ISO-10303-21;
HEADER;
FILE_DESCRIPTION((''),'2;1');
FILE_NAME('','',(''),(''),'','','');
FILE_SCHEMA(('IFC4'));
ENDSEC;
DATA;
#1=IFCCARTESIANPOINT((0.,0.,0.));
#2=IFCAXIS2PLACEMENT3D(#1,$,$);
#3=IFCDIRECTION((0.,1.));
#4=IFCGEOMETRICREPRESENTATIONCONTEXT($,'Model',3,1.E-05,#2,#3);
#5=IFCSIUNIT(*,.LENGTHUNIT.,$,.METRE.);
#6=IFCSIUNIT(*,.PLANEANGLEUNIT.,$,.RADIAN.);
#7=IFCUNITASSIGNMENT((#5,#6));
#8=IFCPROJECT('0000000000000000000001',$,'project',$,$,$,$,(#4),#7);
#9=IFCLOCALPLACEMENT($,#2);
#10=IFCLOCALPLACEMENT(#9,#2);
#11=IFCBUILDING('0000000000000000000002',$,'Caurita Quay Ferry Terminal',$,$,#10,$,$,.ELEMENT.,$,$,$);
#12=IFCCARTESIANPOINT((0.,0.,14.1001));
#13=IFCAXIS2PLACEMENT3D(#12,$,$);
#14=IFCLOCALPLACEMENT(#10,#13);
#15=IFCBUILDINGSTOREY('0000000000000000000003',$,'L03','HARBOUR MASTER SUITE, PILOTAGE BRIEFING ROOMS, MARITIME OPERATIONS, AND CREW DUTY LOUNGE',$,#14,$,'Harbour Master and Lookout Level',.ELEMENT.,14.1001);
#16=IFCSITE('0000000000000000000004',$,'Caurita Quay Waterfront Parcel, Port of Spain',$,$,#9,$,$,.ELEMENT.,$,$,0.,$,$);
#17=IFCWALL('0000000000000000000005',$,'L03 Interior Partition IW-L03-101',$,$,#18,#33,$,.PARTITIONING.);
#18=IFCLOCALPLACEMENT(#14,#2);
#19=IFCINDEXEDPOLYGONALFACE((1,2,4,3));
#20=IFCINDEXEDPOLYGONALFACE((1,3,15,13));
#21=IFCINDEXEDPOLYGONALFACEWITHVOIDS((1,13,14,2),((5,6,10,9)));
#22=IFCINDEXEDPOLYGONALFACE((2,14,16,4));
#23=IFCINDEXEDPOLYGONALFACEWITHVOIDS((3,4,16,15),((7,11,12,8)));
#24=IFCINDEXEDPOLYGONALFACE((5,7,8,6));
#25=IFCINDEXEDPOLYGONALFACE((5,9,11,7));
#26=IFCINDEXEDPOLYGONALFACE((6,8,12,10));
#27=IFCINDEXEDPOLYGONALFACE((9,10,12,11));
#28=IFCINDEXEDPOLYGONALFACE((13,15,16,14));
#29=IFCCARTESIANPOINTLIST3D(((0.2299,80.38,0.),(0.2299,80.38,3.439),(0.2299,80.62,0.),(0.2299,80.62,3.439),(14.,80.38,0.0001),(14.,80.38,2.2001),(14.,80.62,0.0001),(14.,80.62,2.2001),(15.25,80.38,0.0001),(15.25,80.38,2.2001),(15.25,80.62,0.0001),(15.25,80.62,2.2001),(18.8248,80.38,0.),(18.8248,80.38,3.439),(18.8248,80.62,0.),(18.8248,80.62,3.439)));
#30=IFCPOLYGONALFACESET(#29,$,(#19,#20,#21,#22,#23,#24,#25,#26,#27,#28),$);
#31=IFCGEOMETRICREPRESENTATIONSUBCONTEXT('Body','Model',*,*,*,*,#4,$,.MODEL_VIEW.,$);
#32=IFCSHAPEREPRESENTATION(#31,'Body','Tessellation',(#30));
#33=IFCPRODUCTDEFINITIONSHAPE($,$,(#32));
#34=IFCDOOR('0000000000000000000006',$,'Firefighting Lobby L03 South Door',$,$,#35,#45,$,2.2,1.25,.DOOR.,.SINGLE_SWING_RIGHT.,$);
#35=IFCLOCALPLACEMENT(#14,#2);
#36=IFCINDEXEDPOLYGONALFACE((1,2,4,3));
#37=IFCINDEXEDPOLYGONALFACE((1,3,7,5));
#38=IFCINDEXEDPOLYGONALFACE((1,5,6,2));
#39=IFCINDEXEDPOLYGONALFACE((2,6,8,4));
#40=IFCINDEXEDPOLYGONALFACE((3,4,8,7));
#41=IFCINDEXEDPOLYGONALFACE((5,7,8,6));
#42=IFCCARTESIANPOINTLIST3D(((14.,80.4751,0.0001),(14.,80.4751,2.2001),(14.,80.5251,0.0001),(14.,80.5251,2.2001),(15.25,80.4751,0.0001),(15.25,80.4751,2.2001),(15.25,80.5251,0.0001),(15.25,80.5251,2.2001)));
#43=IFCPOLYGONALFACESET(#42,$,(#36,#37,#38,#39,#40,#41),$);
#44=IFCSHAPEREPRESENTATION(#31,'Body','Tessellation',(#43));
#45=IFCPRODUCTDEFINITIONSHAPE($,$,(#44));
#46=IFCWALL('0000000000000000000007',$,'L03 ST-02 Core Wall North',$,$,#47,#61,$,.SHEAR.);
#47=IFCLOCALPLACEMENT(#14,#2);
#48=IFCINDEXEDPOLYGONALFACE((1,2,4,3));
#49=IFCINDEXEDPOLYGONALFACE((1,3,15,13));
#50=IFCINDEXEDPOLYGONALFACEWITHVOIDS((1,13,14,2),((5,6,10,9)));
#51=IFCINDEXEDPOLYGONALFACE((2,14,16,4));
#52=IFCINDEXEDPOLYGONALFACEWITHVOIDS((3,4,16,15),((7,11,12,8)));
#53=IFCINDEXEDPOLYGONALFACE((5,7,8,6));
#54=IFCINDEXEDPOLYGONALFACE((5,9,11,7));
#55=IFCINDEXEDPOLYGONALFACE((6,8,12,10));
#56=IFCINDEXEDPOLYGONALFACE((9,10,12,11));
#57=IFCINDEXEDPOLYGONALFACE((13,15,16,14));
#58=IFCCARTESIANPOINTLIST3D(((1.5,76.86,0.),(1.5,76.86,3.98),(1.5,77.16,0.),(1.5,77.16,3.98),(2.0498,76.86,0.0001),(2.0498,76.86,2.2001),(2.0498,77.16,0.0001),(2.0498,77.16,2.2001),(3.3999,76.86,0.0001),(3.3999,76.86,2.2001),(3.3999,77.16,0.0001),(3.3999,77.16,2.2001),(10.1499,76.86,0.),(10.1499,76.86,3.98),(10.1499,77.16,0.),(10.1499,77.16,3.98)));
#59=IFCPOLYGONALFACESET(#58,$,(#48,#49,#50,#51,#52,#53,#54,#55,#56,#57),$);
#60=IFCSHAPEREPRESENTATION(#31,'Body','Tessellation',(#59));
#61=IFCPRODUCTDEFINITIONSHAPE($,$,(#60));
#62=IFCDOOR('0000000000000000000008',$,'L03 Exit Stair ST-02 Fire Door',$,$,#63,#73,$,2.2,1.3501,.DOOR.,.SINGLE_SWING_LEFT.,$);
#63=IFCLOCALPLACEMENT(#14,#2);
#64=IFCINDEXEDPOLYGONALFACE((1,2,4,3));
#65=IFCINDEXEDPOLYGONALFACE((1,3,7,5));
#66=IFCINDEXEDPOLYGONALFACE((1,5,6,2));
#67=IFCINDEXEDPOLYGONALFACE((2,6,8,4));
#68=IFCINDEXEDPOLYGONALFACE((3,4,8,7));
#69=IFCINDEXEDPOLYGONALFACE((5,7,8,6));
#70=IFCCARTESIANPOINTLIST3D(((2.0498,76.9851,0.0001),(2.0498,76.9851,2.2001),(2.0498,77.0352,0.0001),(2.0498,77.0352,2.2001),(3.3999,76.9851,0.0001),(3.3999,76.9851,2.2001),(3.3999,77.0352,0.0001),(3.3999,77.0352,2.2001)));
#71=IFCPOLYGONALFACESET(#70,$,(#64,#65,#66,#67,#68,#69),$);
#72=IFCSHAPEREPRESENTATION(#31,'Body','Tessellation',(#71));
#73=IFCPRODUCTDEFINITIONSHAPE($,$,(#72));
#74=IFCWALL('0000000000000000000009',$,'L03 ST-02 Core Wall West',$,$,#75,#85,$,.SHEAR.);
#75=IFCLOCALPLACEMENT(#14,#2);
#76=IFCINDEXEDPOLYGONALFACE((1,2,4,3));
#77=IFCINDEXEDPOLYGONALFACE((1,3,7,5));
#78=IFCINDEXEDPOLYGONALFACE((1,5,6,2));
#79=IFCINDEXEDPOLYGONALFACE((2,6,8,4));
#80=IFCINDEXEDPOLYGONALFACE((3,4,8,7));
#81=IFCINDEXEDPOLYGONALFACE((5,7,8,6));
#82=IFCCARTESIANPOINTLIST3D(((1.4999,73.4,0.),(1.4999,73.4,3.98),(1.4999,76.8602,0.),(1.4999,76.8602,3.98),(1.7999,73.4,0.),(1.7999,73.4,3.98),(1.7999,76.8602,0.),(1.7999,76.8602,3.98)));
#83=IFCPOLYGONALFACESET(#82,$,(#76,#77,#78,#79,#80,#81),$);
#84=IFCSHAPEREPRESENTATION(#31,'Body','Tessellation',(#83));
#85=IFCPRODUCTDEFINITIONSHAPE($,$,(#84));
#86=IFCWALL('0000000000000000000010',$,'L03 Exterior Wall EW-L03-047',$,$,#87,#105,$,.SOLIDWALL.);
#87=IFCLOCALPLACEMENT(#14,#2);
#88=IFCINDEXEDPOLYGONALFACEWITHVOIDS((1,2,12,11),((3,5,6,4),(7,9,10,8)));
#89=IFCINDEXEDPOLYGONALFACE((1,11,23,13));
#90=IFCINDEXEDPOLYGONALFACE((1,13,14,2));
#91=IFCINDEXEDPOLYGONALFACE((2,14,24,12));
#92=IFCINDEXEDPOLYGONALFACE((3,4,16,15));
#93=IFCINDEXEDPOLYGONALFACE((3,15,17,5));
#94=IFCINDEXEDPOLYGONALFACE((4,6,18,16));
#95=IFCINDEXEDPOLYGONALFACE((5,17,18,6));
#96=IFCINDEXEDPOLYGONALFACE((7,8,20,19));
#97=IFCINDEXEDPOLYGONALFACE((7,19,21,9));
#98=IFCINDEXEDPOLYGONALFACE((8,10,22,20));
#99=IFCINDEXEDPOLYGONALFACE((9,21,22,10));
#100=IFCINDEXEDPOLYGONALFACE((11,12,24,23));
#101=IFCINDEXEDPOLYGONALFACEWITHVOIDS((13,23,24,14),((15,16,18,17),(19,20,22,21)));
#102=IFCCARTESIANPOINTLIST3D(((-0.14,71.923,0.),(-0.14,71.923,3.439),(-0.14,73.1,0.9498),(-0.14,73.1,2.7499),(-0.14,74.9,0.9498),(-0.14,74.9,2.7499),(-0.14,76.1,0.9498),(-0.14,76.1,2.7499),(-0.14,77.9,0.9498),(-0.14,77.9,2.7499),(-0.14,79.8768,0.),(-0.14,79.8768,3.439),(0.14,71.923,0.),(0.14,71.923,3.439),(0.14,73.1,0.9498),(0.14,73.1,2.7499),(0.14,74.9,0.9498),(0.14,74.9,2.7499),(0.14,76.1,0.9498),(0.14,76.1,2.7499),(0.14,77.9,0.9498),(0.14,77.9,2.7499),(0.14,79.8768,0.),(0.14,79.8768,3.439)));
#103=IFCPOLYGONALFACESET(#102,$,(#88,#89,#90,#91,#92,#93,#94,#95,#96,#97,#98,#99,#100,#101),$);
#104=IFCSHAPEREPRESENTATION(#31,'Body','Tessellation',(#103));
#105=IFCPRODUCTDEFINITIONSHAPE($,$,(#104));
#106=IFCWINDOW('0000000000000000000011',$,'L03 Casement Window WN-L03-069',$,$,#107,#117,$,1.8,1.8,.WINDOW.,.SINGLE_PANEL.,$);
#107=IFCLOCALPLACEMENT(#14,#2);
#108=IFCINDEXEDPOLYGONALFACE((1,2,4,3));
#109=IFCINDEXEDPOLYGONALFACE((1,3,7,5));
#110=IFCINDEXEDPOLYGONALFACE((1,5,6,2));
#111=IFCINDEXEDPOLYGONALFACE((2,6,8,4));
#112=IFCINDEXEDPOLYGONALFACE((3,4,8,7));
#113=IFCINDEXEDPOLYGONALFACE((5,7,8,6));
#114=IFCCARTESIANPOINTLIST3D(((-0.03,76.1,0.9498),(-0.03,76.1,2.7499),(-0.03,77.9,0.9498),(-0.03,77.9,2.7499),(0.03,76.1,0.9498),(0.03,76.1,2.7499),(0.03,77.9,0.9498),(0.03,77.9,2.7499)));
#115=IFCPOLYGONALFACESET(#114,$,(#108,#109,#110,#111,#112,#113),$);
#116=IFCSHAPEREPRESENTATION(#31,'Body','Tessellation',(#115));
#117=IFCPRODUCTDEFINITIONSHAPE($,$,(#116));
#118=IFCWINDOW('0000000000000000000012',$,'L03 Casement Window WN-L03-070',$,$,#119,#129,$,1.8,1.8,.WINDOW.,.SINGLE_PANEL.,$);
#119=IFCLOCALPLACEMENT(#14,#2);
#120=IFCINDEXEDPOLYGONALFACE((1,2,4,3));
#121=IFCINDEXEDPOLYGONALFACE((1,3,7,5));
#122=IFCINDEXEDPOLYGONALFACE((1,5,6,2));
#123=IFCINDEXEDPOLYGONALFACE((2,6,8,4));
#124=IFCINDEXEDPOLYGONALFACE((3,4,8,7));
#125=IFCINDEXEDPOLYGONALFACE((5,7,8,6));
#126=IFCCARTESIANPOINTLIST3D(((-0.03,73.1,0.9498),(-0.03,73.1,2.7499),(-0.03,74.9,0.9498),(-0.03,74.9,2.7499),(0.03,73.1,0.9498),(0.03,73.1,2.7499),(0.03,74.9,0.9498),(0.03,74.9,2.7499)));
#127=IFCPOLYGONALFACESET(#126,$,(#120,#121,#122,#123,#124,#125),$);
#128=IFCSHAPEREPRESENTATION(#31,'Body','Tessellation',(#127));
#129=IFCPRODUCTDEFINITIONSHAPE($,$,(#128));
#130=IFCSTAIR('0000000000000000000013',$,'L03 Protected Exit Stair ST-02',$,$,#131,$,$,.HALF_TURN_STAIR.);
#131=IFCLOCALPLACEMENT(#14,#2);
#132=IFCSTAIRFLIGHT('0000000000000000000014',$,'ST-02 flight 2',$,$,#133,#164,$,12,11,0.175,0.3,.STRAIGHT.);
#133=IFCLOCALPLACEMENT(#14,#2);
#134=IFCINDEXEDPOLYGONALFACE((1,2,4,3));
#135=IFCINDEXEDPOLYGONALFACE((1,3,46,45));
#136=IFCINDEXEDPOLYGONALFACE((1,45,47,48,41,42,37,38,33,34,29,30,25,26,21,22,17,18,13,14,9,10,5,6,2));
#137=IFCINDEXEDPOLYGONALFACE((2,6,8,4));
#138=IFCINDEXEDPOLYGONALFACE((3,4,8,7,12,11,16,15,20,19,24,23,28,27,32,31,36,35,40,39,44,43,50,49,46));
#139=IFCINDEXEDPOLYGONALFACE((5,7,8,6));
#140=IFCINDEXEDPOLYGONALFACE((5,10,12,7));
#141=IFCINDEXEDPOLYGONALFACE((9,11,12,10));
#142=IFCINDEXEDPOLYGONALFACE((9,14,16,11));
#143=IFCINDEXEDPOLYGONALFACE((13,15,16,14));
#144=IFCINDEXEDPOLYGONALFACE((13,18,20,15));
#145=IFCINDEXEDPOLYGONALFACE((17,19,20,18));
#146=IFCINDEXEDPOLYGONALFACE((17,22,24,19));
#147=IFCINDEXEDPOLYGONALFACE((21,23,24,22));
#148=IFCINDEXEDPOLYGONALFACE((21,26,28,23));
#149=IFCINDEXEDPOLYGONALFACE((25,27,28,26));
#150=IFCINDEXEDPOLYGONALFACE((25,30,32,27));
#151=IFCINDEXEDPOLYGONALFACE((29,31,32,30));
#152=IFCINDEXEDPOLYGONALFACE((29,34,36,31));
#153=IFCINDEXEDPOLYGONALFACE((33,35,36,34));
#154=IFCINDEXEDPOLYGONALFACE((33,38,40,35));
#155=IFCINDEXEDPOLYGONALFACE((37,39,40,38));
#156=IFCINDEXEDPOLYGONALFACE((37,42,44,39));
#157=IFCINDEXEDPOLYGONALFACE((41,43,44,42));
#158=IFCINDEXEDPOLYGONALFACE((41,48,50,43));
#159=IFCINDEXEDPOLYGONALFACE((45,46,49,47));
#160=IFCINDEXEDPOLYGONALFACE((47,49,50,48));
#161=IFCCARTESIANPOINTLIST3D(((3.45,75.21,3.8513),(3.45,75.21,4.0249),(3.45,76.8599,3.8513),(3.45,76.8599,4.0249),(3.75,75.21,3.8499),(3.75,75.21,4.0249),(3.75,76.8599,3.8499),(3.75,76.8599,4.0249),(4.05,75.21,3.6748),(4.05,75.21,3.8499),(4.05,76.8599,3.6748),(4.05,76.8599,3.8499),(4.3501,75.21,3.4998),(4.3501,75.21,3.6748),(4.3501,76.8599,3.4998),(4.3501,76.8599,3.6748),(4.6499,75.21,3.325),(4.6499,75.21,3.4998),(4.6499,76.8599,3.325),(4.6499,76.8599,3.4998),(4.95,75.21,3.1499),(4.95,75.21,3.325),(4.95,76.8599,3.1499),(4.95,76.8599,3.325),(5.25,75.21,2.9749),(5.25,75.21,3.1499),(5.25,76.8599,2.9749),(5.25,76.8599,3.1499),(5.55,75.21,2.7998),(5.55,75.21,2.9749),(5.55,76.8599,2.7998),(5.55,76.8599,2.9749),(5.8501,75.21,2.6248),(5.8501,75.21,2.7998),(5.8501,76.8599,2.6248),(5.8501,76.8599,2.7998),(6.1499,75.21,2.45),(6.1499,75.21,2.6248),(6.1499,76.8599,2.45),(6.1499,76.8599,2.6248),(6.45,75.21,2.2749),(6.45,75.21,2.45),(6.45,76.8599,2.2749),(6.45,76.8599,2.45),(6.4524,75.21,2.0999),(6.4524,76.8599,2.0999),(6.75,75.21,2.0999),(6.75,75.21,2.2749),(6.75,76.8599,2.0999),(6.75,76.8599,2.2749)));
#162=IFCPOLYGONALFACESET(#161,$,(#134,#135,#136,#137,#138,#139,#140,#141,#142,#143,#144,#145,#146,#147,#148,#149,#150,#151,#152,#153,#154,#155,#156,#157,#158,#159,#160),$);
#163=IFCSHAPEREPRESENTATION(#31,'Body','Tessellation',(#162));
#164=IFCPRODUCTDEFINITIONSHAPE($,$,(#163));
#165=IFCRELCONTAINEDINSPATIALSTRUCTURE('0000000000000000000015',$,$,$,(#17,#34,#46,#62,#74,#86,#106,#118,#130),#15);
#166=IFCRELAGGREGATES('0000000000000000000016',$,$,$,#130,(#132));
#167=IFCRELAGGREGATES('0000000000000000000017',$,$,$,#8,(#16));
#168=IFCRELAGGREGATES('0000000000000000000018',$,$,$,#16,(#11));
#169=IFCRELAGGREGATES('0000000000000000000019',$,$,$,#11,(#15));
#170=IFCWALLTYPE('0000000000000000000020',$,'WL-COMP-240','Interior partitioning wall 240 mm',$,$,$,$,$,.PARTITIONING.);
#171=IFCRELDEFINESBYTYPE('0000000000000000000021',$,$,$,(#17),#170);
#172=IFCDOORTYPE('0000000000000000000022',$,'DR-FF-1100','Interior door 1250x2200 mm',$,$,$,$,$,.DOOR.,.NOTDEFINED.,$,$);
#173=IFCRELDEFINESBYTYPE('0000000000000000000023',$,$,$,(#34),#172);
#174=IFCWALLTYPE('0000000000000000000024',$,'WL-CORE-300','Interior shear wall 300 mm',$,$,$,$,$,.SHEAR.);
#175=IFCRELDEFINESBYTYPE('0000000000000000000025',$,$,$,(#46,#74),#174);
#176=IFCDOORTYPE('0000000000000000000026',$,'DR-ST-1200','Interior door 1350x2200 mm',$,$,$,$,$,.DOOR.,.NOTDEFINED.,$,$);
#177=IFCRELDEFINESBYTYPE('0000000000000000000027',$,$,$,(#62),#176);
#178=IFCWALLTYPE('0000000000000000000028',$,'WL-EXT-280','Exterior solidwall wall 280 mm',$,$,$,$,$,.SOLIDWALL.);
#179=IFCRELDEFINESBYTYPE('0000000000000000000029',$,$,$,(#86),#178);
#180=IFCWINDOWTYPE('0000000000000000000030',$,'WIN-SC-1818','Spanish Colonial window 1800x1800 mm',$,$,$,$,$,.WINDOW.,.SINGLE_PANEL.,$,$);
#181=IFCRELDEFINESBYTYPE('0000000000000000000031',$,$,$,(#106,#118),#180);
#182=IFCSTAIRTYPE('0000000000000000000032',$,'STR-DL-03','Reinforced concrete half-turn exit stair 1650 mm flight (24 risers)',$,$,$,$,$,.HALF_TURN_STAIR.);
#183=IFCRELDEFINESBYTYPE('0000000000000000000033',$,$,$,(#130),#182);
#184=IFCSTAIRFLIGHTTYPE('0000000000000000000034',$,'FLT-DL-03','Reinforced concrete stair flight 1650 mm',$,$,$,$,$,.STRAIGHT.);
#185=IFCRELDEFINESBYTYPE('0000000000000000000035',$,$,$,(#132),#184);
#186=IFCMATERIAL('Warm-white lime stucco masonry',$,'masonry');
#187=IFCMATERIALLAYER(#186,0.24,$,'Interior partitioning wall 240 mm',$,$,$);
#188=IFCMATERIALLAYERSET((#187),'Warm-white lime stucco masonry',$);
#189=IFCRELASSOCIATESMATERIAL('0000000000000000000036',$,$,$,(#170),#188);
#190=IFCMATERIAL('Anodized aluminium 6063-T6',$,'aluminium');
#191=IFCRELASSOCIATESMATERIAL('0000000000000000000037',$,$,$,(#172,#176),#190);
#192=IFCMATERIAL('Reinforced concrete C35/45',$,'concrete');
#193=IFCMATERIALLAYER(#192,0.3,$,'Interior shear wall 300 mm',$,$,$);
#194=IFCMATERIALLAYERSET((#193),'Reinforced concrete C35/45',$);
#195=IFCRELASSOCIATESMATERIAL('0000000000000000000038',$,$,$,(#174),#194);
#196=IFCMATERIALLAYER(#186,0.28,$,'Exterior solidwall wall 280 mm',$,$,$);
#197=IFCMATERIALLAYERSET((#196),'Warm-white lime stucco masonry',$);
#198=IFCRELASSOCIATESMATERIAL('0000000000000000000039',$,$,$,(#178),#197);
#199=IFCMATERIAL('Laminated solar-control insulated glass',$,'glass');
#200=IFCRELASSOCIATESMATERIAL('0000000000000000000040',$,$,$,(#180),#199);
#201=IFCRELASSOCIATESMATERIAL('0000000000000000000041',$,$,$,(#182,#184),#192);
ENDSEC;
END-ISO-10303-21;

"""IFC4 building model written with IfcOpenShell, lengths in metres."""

from ifc_helpers import new_model, si_unit, direction, frame, frame_2d, origin, place, context, subcontext, project, spatial, polyline, rectangle, outline, extrude, material, layer, layer_set, type_object, element, fill, aggregate, save


model = new_model("IFC4")

# Units and contexts
model_context = context("Model", 3, precision=1e-05, world=origin(), true_north=direction((0.0, 1.0)))
body_context = subcontext(model_context, "Body", "Model", "MODEL_VIEW")
ifc_project = project(units=[si_unit("LENGTHUNIT", "METRE"), si_unit("PLANEANGLEUNIT", "RADIAN")], contexts=[model_context])

# Site, building, storey
site_placement = place(None, origin())
site = spatial("IfcSite", under=ifc_project, at=site_placement, Name="Caurita Quay Waterfront Parcel, Port of Spain", CompositionType="ELEMENT", RefElevation=0.0)
building_placement = place(site_placement, origin())
building = spatial("IfcBuilding", under=site, at=building_placement, Name="Caurita Quay Ferry Terminal", CompositionType="ELEMENT")
storey_placement = place(building_placement, frame((0.0, 0.0, 14.1001)))
storey = spatial("IfcBuildingStorey", under=building, at=storey_placement, Name="L03", Description="HARBOUR MASTER SUITE, PILOTAGE BRIEFING ROOMS, MARITIME OPERATIONS, AND CREW DUTY LOUNGE", LongName="Harbour Master and Lookout Level", CompositionType="ELEMENT", Elevation=14.1001)

# Shared definitions
ifc_material_1 = material(Name="Reinforced concrete C35/45", Category="concrete")

# Walls, openings, doors
ifc_material_2 = material(Name="Warm-white lime stucco masonry", Category="masonry")
ifc_layer_1 = layer(ifc_material_2, 0.24, Name="Interior partitioning wall 240 mm")
ifc_layer_set_1 = layer_set([ifc_layer_1], Name="Warm-white lime stucco masonry")
wall_type_1 = type_object("IfcWallType", Name="WL-COMP-240", Description="Interior partitioning wall 240 mm", PredefinedType="PARTITIONING", material=ifc_layer_set_1)
wall_1_placement = place(storey_placement, frame((0.23, 80.5, 0.0), z_axis=(0.0, 0.0, 1.0), x_axis=(1.0, 0.0, 0.0)))
wall_1 = element("IfcWall", 1, at=wall_1_placement, inside=storey, type_object=wall_type_1, Name="L03 Interior Partition IW-L03-101", PredefinedType="PARTITIONING", context=body_context, shape_type="SweptSolid", body=[
    extrude(rectangle(XDim=18.595, YDim=0.24, at=frame_2d((9.2974, 0.0))), origin(), (0.0, 0.0, 1.0), 3.439),
])
opening_1_placement = place(wall_1_placement, frame((13.77, 0.0, 0.0)))
opening_1 = element("IfcOpeningElement", 2, at=opening_1_placement, cuts=wall_1, PredefinedType="OPENING", context=body_context, shape_type="SweptSolid", body=[
    extrude(rectangle(XDim=1.25, YDim=2.2, at=frame_2d((0.625, 1.1001))), frame((0.0, 0.1299, 0.0), z_axis=(0.0, -1.0, 0.0), x_axis=(1.0, 0.0, 0.0)), (0.0, 0.0, 1.0), 0.26),
])
ifc_material_3 = material(Name="Anodized aluminium 6063-T6", Category="aluminium")
door_type_1 = type_object("IfcDoorType", Name="DR-FF-1100", Description="Interior door 1250x2200 mm", OperationType="NOTDEFINED", PredefinedType="DOOR", material=ifc_material_3)
door_1_placement = place(opening_1_placement, frame((1.25, 0.0, 0.0), z_axis=(0.0, 0.0, 1.0), x_axis=(-1.0, 0.0, 0.0)))
door_1 = element("IfcDoor", 3, at=door_1_placement, inside=storey, type_object=door_type_1, Name="Firefighting Lobby L03 South Door", OperationType="SINGLE_SWING_RIGHT", OverallHeight=2.2, OverallWidth=1.25, PredefinedType="DOOR", context=body_context, shape_type="SweptSolid", body=[
    extrude(rectangle(XDim=1.25, YDim=2.2, at=frame_2d((0.625, 1.1001))), frame((0.0, 0.0249, 0.0), z_axis=(0.0, -1.0, 0.0), x_axis=(1.0, 0.0, 0.0)), (0.0, 0.0, 1.0), 0.05),
])
fill(opening_1, door_1)
ifc_layer_2 = layer(ifc_material_1, 0.3, Name="Interior shear wall 300 mm")
ifc_layer_set_2 = layer_set([ifc_layer_2], Name="Reinforced concrete C35/45")
wall_type_2 = type_object("IfcWallType", Name="WL-CORE-300", Description="Interior shear wall 300 mm", PredefinedType="SHEAR", material=ifc_layer_set_2)
wall_2_placement = place(storey_placement, frame((10.1499, 77.01, 0.0), z_axis=(0.0, 0.0, 1.0), x_axis=(-1.0, 0.0, 0.0)))
wall_2 = element("IfcWall", 4, at=wall_2_placement, inside=storey, type_object=wall_type_2, Name="L03 ST-02 Core Wall North", PredefinedType="SHEAR", context=body_context, shape_type="SweptSolid", body=[
    extrude(rectangle(XDim=8.6499, YDim=0.3, at=frame_2d((4.325, 0.0))), origin(), (0.0, 0.0, 1.0), 3.98),
])
opening_2_placement = place(wall_2_placement, frame((6.75, 0.0, 0.0)))
opening_2 = element("IfcOpeningElement", 5, at=opening_2_placement, cuts=wall_2, PredefinedType="OPENING", context=body_context, shape_type="SweptSolid", body=[
    extrude(rectangle(XDim=1.3501, YDim=2.2, at=frame_2d((0.675, 1.1001))), frame((0.0, 0.1599, 0.0), z_axis=(0.0, -1.0, 0.0), x_axis=(1.0, 0.0, 0.0)), (0.0, 0.0, 1.0), 0.3201),
])
door_type_2 = type_object("IfcDoorType", Name="DR-ST-1200", Description="Interior door 1350x2200 mm", OperationType="NOTDEFINED", PredefinedType="DOOR", material=ifc_material_3)
door_2_placement = place(opening_2_placement, origin())
door_2 = element("IfcDoor", 6, at=door_2_placement, inside=storey, type_object=door_type_2, Name="L03 Exit Stair ST-02 Fire Door", OperationType="SINGLE_SWING_LEFT", OverallHeight=2.2, OverallWidth=1.3501, PredefinedType="DOOR", context=body_context, shape_type="SweptSolid", body=[
    extrude(rectangle(XDim=1.3501, YDim=2.2, at=frame_2d((0.675, 1.1001))), frame((0.0, 0.0249, 0.0), z_axis=(0.0, -1.0, 0.0), x_axis=(1.0, 0.0, 0.0)), (0.0, 0.0, 1.0), 0.05),
])
fill(opening_2, door_2)

# Wall
wall_3_placement = place(storey_placement, frame((1.6499, 76.8601, 0.0), z_axis=(0.0, 0.0, 1.0), x_axis=(0.0, -1.0, 0.0)))
element("IfcWall", 7, at=wall_3_placement, inside=storey, type_object=wall_type_2, Name="L03 ST-02 Core Wall West", PredefinedType="SHEAR", context=body_context, shape_type="SweptSolid", body=[
    extrude(rectangle(XDim=3.4602, YDim=0.3, at=frame_2d((1.73, 0.0))), origin(), (0.0, 0.0, 1.0), 3.98),
])

# Wall, openings, windows
ifc_layer_3 = layer(ifc_material_2, 0.28, Name="Exterior solidwall wall 280 mm")
ifc_layer_set_3 = layer_set([ifc_layer_3], Name="Warm-white lime stucco masonry")
wall_type_3 = type_object("IfcWallType", Name="WL-EXT-280", Description="Exterior solidwall wall 280 mm", PredefinedType="SOLIDWALL", material=ifc_layer_set_3)
wall_4_placement = place(storey_placement, frame((0.0, 79.877, 0.0), z_axis=(0.0, 0.0, 1.0), x_axis=(0.0, -1.0, 0.0)))
wall_4 = element("IfcWall", 8, at=wall_4_placement, inside=storey, type_object=wall_type_3, Name="L03 Exterior Wall EW-L03-047", PredefinedType="SOLIDWALL", context=body_context, shape_type="SweptSolid", body=[
    extrude(rectangle(XDim=7.9539, YDim=0.28, at=frame_2d((3.9771, 0.0))), origin(), (0.0, 0.0, 1.0), 3.439),
])
opening_3_placement = place(wall_4_placement, frame((1.9771, 0.0, 0.95)))
opening_3 = element("IfcOpeningElement", 9, at=opening_3_placement, cuts=wall_4, PredefinedType="OPENING", context=body_context, shape_type="SweptSolid", body=[
    extrude(rectangle(XDim=1.8, YDim=1.8, at=frame_2d((0.8999, 0.8999))), frame((0.0, 0.1499, 0.0), z_axis=(0.0, -1.0, 0.0), x_axis=(1.0, 0.0, 0.0)), (0.0, 0.0, 1.0), 0.3),
])
opening_4_placement = place(wall_4_placement, frame((4.9771, 0.0, 0.95)))
opening_4 = element("IfcOpeningElement", 10, at=opening_4_placement, cuts=wall_4, PredefinedType="OPENING", context=body_context, shape_type="SweptSolid", body=[
    extrude(rectangle(XDim=1.8, YDim=1.8, at=frame_2d((0.8999, 0.8999))), frame((0.0, 0.1499, 0.0), z_axis=(0.0, -1.0, 0.0), x_axis=(1.0, 0.0, 0.0)), (0.0, 0.0, 1.0), 0.3),
])
ifc_material_4 = material(Name="Laminated solar-control insulated glass", Category="glass")
window_type = type_object("IfcWindowType", Name="WIN-SC-1818", Description="Spanish Colonial window 1800x1800 mm", PartitioningType="SINGLE_PANEL", PredefinedType="WINDOW", material=ifc_material_4)
window_1_placement = place(opening_3_placement, origin())
window_1 = element("IfcWindow", 11, at=window_1_placement, inside=storey, type_object=window_type, Name="L03 Casement Window WN-L03-069", OverallHeight=1.8, OverallWidth=1.8, PartitioningType="SINGLE_PANEL", PredefinedType="WINDOW", context=body_context, shape_type="SweptSolid", body=[
    extrude(rectangle(XDim=1.8, YDim=1.8, at=frame_2d((0.8999, 0.8999))), frame((0.0, 0.03, 0.0), z_axis=(0.0, -1.0, 0.0), x_axis=(1.0, 0.0, 0.0)), (0.0, 0.0, 1.0), 0.0601),
])
fill(opening_3, window_1)
window_2_placement = place(opening_4_placement, origin())
window_2 = element("IfcWindow", 12, at=window_2_placement, inside=storey, type_object=window_type, Name="L03 Casement Window WN-L03-070", OverallHeight=1.8, OverallWidth=1.8, PartitioningType="SINGLE_PANEL", PredefinedType="WINDOW", context=body_context, shape_type="SweptSolid", body=[
    extrude(rectangle(XDim=1.8, YDim=1.8, at=frame_2d((0.8999, 0.8999))), frame((0.0, 0.03, 0.0), z_axis=(0.0, -1.0, 0.0), x_axis=(1.0, 0.0, 0.0)), (0.0, 0.0, 1.0), 0.0601),
])
fill(opening_4, window_2)

# Stair, stair flight
stair_type = type_object("IfcStairType", Name="STR-DL-03", Description="Reinforced concrete half-turn exit stair 1650 mm flight (24 risers)", PredefinedType="HALF_TURN_STAIR", material=ifc_material_1)
stair_placement = place(storey_placement, origin())
stair = element("IfcStair", 13, at=stair_placement, inside=storey, type_object=stair_type, Name="L03 Protected Exit Stair ST-02", PredefinedType="HALF_TURN_STAIR")
stair_flight_type = type_object("IfcStairFlightType", Name="FLT-DL-03", Description="Reinforced concrete stair flight 1650 mm", PredefinedType="STRAIGHT", material=ifc_material_1)
stair_flight_placement = place(storey_placement, frame((6.75, 76.0349, 2.0999), z_axis=(0.0, 0.0, 1.0), x_axis=(-1.0, 0.0, 0.0)))
stair_flight = element("IfcStairFlight", 14, at=stair_flight_placement, type_object=stair_flight_type, Name="ST-02 flight 2", NumberOfRisers=12, NumberOfTreads=11, PredefinedType="STRAIGHT", RiserHeight=0.175, TreadLength=0.3, context=body_context, shape_type="SweptSolid", body=[
    extrude(outline(polyline([(0.0, 0.0), (0.0, 0.175), (0.3, 0.175), (0.3, 0.3501), (0.6001, 0.3501), (0.6001, 0.5249), (0.8999, 0.5249), (0.8999, 0.7), (1.2, 0.7), (1.2, 0.875), (1.5, 0.875), (1.5, 1.05), (1.8, 1.05), (1.8, 1.2251), (2.1001, 1.2251), (2.1001, 1.3999), (2.3999, 1.3999), (2.3999, 1.575), (2.7, 1.575), (2.7, 1.75), (3.0, 1.75), (3.0, 1.925), (3.3, 1.925), (3.3, 2.1001), (3.3, 1.7515), (0.2976, 0.0), (0.0, 0.0)])), frame((0.0, 0.825, 0.0), z_axis=(0.0, -1.0, 0.0), x_axis=(1.0, 0.0, 0.0)), (0.0, 0.0, 1.0), 1.6499),
])
aggregate(stair, [stair_flight])

save(model, "model.ifc")
